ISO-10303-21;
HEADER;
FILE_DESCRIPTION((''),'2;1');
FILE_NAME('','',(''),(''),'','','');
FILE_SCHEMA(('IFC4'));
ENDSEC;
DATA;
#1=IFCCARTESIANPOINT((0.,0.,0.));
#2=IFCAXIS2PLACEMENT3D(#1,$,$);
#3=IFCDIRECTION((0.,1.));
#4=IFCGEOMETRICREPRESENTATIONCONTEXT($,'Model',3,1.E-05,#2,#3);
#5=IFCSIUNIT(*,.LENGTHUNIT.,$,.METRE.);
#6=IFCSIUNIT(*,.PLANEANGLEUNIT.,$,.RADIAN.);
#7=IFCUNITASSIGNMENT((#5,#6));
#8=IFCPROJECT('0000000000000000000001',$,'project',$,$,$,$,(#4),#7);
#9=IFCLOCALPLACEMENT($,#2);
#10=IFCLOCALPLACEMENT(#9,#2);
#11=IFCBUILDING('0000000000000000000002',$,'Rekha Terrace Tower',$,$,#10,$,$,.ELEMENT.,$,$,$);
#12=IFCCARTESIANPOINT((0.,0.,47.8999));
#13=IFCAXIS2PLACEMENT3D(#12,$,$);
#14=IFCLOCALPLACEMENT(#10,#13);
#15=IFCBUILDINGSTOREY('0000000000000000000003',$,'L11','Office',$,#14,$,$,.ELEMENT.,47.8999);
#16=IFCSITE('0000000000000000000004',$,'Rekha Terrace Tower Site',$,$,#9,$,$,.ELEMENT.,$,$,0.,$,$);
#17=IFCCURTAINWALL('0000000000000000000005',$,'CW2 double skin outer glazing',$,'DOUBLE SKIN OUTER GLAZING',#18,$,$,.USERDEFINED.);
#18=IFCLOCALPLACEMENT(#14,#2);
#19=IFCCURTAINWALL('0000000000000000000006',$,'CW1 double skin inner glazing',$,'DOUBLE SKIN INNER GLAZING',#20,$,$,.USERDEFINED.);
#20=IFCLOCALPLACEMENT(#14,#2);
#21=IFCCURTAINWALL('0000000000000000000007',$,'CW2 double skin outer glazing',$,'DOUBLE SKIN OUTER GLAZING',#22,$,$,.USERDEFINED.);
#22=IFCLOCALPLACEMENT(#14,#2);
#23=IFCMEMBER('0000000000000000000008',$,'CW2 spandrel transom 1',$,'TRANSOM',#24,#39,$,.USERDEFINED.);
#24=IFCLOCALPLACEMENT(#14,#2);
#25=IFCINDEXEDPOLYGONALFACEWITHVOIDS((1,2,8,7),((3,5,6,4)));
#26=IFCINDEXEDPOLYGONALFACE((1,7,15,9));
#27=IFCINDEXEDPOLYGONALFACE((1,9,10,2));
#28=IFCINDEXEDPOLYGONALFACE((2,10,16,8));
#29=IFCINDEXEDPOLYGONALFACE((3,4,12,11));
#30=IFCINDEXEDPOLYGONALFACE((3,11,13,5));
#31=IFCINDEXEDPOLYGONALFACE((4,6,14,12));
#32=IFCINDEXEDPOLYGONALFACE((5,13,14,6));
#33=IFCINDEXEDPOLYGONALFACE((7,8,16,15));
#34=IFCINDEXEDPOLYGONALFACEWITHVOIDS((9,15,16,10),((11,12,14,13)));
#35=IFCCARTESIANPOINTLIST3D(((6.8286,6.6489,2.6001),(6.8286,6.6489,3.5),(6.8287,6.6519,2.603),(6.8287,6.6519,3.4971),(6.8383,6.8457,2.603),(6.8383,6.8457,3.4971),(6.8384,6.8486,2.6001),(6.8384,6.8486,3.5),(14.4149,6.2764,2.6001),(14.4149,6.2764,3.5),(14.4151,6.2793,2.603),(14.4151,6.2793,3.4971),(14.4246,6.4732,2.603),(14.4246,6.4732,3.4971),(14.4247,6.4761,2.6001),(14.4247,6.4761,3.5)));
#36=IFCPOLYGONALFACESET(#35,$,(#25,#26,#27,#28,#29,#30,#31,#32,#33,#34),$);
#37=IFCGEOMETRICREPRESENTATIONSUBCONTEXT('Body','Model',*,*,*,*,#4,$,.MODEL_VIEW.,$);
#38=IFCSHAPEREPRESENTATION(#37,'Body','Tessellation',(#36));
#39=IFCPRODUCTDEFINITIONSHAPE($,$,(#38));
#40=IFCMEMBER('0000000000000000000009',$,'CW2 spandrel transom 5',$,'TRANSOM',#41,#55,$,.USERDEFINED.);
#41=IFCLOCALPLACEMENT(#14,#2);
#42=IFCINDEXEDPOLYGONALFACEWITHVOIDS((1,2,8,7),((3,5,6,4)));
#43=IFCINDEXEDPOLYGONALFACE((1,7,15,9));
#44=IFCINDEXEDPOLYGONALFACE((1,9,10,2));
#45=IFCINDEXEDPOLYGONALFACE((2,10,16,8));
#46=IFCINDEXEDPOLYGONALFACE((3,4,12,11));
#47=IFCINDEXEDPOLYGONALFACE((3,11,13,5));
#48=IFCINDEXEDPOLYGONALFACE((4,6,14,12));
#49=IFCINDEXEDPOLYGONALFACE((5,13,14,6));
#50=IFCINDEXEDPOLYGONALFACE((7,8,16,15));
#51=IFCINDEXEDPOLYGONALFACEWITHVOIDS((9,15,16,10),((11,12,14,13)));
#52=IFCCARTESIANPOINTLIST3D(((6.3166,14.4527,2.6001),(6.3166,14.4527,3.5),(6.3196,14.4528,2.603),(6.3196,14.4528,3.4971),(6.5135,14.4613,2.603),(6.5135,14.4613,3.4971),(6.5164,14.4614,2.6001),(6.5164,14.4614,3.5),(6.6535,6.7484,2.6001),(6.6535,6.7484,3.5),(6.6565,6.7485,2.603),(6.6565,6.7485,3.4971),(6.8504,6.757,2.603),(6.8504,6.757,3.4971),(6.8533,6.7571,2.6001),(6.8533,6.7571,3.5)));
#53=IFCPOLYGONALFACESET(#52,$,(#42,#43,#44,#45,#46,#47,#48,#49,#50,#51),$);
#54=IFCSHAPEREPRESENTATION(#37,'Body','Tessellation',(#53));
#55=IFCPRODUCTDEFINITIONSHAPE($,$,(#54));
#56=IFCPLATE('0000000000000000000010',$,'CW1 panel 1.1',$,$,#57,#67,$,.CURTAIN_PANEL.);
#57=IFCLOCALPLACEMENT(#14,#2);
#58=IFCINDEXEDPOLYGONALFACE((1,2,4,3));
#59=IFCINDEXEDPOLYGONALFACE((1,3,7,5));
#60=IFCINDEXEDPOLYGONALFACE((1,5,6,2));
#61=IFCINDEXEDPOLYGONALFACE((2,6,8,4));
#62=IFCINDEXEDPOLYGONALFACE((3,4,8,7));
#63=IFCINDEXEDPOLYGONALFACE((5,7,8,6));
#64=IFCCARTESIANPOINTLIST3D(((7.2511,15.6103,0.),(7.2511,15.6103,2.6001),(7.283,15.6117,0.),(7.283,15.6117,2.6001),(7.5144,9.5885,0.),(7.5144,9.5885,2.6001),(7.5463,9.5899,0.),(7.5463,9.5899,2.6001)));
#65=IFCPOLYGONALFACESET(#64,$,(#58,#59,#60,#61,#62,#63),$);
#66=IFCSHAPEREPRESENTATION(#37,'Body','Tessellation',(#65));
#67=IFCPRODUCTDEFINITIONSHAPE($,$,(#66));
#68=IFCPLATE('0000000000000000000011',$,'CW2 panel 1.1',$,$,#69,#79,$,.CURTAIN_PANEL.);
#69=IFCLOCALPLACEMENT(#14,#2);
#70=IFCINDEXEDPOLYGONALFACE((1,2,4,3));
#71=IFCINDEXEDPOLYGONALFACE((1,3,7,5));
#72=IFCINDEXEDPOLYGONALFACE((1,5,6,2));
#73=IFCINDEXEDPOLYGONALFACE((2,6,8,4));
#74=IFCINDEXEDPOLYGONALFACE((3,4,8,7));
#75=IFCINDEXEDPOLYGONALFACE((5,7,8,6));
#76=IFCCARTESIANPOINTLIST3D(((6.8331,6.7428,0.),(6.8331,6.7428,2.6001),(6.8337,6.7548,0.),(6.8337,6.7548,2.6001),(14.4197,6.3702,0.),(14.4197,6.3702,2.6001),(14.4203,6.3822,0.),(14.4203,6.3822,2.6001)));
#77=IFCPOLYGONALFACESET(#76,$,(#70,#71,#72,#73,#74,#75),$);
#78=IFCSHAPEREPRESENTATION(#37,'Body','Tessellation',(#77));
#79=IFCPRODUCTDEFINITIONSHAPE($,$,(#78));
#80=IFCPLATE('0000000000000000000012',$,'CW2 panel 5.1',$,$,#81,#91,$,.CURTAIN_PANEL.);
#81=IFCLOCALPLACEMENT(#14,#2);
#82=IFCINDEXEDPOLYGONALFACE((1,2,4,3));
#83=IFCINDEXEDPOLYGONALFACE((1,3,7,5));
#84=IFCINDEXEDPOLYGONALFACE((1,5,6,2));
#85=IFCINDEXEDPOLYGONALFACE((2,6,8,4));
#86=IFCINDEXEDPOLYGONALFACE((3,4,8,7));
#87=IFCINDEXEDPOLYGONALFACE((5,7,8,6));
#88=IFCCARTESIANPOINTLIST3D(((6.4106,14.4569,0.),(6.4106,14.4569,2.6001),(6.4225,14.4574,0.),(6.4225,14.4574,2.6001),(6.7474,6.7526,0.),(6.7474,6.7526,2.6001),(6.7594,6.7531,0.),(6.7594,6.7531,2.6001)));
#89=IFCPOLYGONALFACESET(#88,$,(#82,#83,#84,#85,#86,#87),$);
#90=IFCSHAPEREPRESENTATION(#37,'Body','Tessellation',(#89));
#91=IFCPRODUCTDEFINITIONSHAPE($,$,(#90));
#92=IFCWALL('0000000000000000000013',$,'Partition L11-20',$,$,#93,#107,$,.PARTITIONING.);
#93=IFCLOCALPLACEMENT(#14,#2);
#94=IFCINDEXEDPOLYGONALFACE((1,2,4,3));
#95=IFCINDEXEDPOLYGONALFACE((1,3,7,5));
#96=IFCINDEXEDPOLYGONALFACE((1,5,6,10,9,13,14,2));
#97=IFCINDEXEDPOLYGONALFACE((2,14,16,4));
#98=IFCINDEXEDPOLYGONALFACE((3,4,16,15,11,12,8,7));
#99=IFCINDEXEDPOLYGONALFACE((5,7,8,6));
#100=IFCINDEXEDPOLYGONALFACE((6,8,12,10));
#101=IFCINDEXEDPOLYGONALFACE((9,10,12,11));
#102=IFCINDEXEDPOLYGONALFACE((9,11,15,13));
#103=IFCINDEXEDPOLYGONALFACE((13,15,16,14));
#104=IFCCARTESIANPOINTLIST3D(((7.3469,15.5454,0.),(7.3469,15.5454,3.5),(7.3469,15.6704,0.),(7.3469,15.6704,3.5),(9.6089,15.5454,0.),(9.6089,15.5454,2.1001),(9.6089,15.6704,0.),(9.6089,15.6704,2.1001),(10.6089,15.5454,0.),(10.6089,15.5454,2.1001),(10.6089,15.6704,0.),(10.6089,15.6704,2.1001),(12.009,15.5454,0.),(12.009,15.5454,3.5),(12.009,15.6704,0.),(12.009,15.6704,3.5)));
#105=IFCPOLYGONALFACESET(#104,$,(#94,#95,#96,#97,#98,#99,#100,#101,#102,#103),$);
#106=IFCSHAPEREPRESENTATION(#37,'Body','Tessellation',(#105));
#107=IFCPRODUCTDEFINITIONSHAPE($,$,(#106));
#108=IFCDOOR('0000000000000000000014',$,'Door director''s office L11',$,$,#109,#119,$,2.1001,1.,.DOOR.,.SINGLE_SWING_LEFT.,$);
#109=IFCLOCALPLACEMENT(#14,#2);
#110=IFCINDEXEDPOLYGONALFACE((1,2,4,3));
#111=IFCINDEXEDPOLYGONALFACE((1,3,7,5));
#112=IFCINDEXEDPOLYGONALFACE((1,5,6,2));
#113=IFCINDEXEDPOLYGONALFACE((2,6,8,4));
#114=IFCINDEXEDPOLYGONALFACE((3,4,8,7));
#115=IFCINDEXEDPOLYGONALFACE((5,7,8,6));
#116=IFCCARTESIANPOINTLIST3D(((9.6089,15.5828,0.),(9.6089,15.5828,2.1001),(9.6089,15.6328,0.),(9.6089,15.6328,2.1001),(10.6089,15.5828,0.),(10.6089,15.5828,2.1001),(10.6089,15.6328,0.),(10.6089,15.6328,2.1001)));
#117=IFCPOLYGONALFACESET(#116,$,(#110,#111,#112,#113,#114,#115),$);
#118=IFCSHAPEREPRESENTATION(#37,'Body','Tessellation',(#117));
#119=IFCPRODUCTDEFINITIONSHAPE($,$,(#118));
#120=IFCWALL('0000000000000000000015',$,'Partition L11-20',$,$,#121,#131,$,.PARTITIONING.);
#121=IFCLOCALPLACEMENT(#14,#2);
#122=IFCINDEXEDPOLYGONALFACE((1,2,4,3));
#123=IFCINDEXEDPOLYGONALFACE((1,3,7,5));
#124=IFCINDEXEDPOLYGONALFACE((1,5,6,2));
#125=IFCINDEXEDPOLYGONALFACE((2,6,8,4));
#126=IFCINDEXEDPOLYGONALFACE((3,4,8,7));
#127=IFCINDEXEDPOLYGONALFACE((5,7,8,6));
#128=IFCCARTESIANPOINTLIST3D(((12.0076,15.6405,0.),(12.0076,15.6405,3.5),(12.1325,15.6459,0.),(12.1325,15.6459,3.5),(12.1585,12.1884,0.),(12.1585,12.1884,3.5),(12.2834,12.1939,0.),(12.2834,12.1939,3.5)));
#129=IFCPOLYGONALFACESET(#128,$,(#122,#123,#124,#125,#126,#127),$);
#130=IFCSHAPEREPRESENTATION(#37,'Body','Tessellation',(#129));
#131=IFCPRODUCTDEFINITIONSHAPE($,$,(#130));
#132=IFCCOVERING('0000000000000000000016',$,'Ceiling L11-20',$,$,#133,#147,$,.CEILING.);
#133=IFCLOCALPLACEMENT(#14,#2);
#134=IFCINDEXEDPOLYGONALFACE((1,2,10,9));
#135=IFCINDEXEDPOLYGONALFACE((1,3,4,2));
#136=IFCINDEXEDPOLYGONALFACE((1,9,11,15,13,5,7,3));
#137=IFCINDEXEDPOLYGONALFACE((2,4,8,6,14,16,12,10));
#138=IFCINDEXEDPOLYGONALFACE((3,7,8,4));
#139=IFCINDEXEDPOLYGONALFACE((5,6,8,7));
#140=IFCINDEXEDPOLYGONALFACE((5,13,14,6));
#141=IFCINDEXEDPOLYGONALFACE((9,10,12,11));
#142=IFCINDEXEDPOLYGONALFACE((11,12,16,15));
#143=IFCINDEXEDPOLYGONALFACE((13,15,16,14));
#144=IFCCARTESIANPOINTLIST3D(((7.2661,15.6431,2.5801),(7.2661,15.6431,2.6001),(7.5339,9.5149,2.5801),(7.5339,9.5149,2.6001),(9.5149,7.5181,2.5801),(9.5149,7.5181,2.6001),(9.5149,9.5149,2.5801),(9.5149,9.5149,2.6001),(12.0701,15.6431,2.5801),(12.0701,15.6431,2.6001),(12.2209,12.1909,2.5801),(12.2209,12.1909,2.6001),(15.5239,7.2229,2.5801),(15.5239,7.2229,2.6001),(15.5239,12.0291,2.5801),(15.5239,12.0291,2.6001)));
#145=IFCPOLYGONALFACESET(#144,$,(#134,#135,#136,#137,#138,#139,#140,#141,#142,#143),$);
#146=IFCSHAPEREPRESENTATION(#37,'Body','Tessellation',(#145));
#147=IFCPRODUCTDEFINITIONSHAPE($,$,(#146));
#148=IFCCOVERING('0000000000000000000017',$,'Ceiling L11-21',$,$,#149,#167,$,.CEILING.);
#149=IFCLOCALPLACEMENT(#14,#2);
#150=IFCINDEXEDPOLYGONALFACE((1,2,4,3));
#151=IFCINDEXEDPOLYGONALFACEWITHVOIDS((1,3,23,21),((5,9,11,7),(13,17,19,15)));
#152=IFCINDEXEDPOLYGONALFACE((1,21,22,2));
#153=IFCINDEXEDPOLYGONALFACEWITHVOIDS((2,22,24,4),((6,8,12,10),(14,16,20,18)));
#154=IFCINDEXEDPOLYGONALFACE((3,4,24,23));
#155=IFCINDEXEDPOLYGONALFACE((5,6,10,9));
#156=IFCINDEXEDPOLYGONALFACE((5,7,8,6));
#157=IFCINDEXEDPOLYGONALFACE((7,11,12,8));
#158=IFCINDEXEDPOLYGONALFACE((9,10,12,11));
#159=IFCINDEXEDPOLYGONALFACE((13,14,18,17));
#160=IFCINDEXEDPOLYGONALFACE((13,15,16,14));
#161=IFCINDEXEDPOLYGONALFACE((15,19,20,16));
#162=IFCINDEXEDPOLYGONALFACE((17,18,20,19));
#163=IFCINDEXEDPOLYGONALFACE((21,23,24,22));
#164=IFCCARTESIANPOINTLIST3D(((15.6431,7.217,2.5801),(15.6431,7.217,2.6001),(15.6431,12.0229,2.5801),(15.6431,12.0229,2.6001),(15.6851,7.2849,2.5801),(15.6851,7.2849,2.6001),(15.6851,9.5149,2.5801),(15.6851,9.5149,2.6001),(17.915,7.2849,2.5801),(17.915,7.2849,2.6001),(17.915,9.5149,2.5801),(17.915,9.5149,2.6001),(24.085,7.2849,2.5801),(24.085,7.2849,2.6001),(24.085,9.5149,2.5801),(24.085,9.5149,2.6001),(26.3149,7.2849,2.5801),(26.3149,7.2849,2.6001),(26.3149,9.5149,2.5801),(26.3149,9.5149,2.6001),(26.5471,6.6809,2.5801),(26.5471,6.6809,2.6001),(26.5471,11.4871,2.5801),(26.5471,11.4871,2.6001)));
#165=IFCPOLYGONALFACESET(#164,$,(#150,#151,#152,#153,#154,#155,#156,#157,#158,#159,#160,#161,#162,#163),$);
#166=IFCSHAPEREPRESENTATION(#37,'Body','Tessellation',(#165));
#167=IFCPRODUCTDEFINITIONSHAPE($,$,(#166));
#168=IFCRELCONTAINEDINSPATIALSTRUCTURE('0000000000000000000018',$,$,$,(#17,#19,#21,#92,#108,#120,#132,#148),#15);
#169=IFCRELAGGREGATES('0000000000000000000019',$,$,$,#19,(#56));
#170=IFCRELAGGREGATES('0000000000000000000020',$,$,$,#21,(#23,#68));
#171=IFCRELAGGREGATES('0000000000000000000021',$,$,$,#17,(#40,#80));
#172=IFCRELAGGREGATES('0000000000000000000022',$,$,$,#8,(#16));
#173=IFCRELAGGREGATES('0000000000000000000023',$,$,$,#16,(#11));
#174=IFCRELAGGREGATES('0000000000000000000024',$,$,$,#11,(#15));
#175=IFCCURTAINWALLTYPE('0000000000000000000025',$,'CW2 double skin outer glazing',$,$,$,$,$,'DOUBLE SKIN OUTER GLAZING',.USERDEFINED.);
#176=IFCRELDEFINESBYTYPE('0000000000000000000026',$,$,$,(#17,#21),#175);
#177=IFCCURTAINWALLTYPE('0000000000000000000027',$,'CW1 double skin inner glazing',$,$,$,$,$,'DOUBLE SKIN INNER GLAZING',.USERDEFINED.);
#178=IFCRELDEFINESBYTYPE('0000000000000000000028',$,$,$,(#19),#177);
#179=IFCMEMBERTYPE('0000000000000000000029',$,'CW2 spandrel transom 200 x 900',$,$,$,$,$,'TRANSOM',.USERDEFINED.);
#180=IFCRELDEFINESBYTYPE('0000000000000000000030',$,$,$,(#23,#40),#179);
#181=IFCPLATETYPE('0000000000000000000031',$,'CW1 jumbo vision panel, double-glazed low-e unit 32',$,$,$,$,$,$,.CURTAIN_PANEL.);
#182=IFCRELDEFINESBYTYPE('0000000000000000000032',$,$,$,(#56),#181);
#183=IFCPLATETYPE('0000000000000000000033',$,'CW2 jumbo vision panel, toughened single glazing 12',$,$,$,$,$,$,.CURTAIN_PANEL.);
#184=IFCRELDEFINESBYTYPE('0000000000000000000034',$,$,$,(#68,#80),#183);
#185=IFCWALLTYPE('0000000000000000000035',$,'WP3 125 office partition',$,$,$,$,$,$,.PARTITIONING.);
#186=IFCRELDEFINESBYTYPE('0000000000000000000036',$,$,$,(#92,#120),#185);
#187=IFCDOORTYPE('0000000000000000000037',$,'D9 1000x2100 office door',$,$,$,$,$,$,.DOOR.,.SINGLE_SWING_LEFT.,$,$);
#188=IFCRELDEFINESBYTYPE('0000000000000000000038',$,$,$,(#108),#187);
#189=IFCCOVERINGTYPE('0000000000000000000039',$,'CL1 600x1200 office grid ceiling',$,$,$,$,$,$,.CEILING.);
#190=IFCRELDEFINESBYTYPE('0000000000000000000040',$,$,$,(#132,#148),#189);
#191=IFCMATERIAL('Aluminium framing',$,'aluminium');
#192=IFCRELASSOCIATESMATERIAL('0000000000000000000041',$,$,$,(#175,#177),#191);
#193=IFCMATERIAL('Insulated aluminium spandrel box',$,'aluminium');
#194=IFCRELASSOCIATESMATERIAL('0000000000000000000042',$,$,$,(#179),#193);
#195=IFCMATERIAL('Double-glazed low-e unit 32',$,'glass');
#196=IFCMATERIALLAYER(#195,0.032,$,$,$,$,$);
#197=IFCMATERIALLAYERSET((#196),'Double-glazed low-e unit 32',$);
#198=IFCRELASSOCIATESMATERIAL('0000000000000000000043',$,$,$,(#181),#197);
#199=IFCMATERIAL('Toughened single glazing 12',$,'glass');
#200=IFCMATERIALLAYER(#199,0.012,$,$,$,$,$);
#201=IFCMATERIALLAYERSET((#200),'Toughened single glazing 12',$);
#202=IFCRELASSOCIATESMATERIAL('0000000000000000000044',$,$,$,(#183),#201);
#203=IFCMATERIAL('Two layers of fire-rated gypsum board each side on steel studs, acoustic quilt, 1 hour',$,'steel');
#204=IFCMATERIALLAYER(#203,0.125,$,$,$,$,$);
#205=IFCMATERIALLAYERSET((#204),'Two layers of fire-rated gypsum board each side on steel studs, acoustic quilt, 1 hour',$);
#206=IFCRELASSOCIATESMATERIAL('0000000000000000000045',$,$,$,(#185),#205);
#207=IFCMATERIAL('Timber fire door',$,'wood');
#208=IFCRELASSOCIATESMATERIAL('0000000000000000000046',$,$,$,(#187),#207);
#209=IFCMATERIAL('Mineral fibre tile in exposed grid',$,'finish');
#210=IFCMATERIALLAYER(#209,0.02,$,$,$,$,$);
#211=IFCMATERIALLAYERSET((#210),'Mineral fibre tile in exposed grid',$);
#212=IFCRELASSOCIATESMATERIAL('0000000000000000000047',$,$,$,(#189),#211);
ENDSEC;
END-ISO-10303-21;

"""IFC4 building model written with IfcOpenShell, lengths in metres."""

from ifc_helpers import new_model, si_unit, direction, frame, frame_2d, origin, origin_2d, place, context, subcontext, project, spatial, polyline, rectangle, hollow_rectangle, outline, extrude, material, layer, layer_set, material_profile, profile_set, type_object, element, fill, aggregate, save


model = new_model("IFC4")

# Units and contexts
model_context = context("Model", 3, precision=1e-05, world=origin(), true_north=direction((0.0, 1.0)))
body_context = subcontext(model_context, "Body", "Model", "MODEL_VIEW")
ifc_project = project(units=[si_unit("LENGTHUNIT", "METRE"), si_unit("PLANEANGLEUNIT", "RADIAN")], contexts=[model_context])

# Site, building, storey
site_placement = place(None, origin())
site = spatial("IfcSite", under=ifc_project, at=site_placement, Name="Rekha Terrace Tower Site", CompositionType="ELEMENT", RefElevation=0.0)
building_placement = place(site_placement, origin())
building = spatial("IfcBuilding", under=site, at=building_placement, Name="Rekha Terrace Tower", CompositionType="ELEMENT")
storey_placement = place(building_placement, frame((0.0, 0.0, 47.8999)))
storey = spatial("IfcBuildingStorey", under=building, at=storey_placement, Name="L11", Description="Office", CompositionType="ELEMENT", Elevation=47.8999)

# Curtain wall
ifc_material_1 = material(Name="Aluminium framing", Category="aluminium")
curtain_wall_type_1 = type_object("IfcCurtainWallType", Name="CW2 double skin outer glazing", ElementType="DOUBLE SKIN OUTER GLAZING", PredefinedType="USERDEFINED", material=ifc_material_1)
curtain_wall_1_placement = place(storey_placement, origin())
curtain_wall_1 = element("IfcCurtainWall", 1, at=curtain_wall_1_placement, inside=storey, type_object=curtain_wall_type_1, Name="CW2 double skin outer glazing", ObjectType="DOUBLE SKIN OUTER GLAZING", PredefinedType="USERDEFINED")
curtain_wall_type_2 = type_object("IfcCurtainWallType", Name="CW1 double skin inner glazing", ElementType="DOUBLE SKIN INNER GLAZING", PredefinedType="USERDEFINED", material=ifc_material_1)

# Curtain wall
curtain_wall_2_placement = place(storey_placement, origin())
curtain_wall_2 = element("IfcCurtainWall", 2, at=curtain_wall_2_placement, inside=storey, type_object=curtain_wall_type_2, Name="CW1 double skin inner glazing", ObjectType="DOUBLE SKIN INNER GLAZING", PredefinedType="USERDEFINED")

# Shared definitions
ifc_material_2 = material(Name="Insulated aluminium spandrel box", Category="aluminium")

# Curtain wall
curtain_wall_3_placement = place(storey_placement, origin())
curtain_wall_3 = element("IfcCurtainWall", 3, at=curtain_wall_3_placement, inside=storey, type_object=curtain_wall_type_1, Name="CW2 double skin outer glazing", ObjectType="DOUBLE SKIN OUTER GLAZING", PredefinedType="USERDEFINED")

# Members
ifc_material_profile_1 = material_profile(ifc_material_2, hollow_rectangle(XDim=0.2, YDim=0.8999, WallThickness=0.0029, at=origin_2d()), Name="AL SPANDREL BOX 200x900")
ifc_profile_set_1 = profile_set([ifc_material_profile_1], Name="Insulated aluminium spandrel box")
member_type_1 = type_object("IfcMemberType", Name="CW2 spandrel transom 200 x 900", ElementType="TRANSOM", PredefinedType="USERDEFINED", material=ifc_profile_set_1)
member_1_placement = place(storey_placement, frame((6.8335, 6.7488, 3.05), z_axis=(0.998796, -0.049049, 0.0), x_axis=(0.049049, 0.998796, 0.0)))
member_1 = element("IfcMember", 4, at=member_1_placement, type_object=member_type_1, Name="CW2 spandrel transom 1", ObjectType="TRANSOM", PredefinedType="USERDEFINED", context=body_context, shape_type="SweptSolid", body=[
    extrude(hollow_rectangle(XDim=0.2, YDim=0.8999, WallThickness=0.0029, at=origin_2d()), origin(), (0.0, 0.0, 1.0), 7.5955),
])
member_2_placement = place(storey_placement, frame((6.4165, 14.457, 3.05), z_axis=(0.043689, -0.999045, 0.0), x_axis=(0.999045, 0.043689, 0.0)))
member_2 = element("IfcMember", 5, at=member_2_placement, type_object=member_type_1, Name="CW2 spandrel transom 5", ObjectType="TRANSOM", PredefinedType="USERDEFINED", context=body_context, shape_type="SweptSolid", body=[
    extrude(hollow_rectangle(XDim=0.2, YDim=0.8999, WallThickness=0.0029, at=origin_2d()), origin(), (0.0, 0.0, 1.0), 7.7117),
])

# Plates
ifc_material_3 = material(Name="Double-glazed low-e unit 32", Category="glass")
ifc_layer_1 = layer(ifc_material_3, 0.032)
ifc_layer_set_1 = layer_set([ifc_layer_1], Name="Double-glazed low-e unit 32")
plate_type_1 = type_object("IfcPlateType", Name="CW1 jumbo vision panel, double-glazed low-e unit 32", PredefinedType="CURTAIN_PANEL", material=ifc_layer_set_1)
plate_1_placement = place(storey_placement, frame((7.3987, 12.6001, 0.0), z_axis=(0.0, 0.0, 1.0), x_axis=(0.043683, -0.999045, 0.0)))
plate_1 = element("IfcPlate", 6, at=plate_1_placement, type_object=plate_type_1, Name="CW1 panel 1.1", PredefinedType="CURTAIN_PANEL", context=body_context, shape_type="SweptSolid", body=[
    extrude(rectangle(XDim=6.0276, YDim=0.032, at=origin_2d()), origin(), (0.0, 0.0, 1.0), 2.6001),
])
aggregate(curtain_wall_2, [plate_1])
ifc_material_4 = material(Name="Toughened single glazing 12", Category="glass")
ifc_layer_2 = layer(ifc_material_4, 0.012)
ifc_layer_set_2 = layer_set([ifc_layer_2], Name="Toughened single glazing 12")
plate_type_2 = type_object("IfcPlateType", Name="CW2 jumbo vision panel, toughened single glazing 12", PredefinedType="CURTAIN_PANEL", material=ifc_layer_set_2)
plate_2_placement = place(storey_placement, frame((10.6267, 6.5625, 0.0), z_axis=(0.0, 0.0, 1.0), x_axis=(0.998796, -0.049052, 0.0)))
plate_2 = element("IfcPlate", 7, at=plate_2_placement, type_object=plate_type_2, Name="CW2 panel 1.1", PredefinedType="CURTAIN_PANEL", context=body_context, shape_type="SweptSolid", body=[
    extrude(rectangle(XDim=7.5957, YDim=0.012, at=origin_2d()), origin(), (0.0, 0.0, 1.0), 2.6001),
])
aggregate(curtain_wall_3, [member_1, plate_2])
plate_3_placement = place(storey_placement, frame((6.585, 10.605, 0.0), z_axis=(0.0, 0.0, 1.0), x_axis=(0.043683, -0.999045, 0.0)))
plate_3 = element("IfcPlate", 8, at=plate_3_placement, type_object=plate_type_2, Name="CW2 panel 5.1", PredefinedType="CURTAIN_PANEL", context=body_context, shape_type="SweptSolid", body=[
    extrude(rectangle(XDim=7.7117, YDim=0.012, at=origin_2d()), origin(), (0.0, 0.0, 1.0), 2.6001),
])
aggregate(curtain_wall_1, [member_2, plate_3])

# Wall, opening, door
ifc_material_5 = material(Name="Two layers of fire-rated gypsum board each side on steel studs, acoustic quilt, 1 hour", Category="steel")
ifc_layer_3 = layer(ifc_material_5, 0.125)
ifc_layer_set_3 = layer_set([ifc_layer_3], Name="Two layers of fire-rated gypsum board each side on steel studs, acoustic quilt, 1 hour")
wall_type = type_object("IfcWallType", Name="WP3 125 office partition", PredefinedType="PARTITIONING", material=ifc_layer_set_3)
wall_1_placement = place(storey_placement, frame((7.3469, 15.6079, 0.0), z_axis=(0.0, 0.0, 1.0), x_axis=(1.0, 0.0, 0.0)))
wall_1 = element("IfcWall", 9, at=wall_1_placement, inside=storey, type_object=wall_type, Name="Partition L11-20", PredefinedType="PARTITIONING", context=body_context, shape_type="SweptSolid", body=[
    extrude(rectangle(XDim=4.6621, YDim=0.125, at=frame_2d((2.3311, 0.0))), origin(), (0.0, 0.0, 1.0), 3.5),
])
opening_placement = place(wall_1_placement, frame((2.262, 0.0, 0.0)))
opening = element("IfcOpeningElement", 10, at=opening_placement, cuts=wall_1, PredefinedType="OPENING", context=body_context, shape_type="SweptSolid", body=[
    extrude(rectangle(XDim=1.0, YDim=2.1001, at=frame_2d((0.5, 1.05))), frame((0.0, 0.0725, 0.0), z_axis=(0.0, -1.0, 0.0), x_axis=(1.0, 0.0, 0.0)), (0.0, 0.0, 1.0), 0.145),
])
ifc_material_6 = material(Name="Timber fire door", Category="wood")
door_type = type_object("IfcDoorType", Name="D9 1000x2100 office door", OperationType="SINGLE_SWING_LEFT", PredefinedType="DOOR", material=ifc_material_6)
door_placement = place(opening_placement, origin())
door = element("IfcDoor", 11, at=door_placement, inside=storey, type_object=door_type, Name="Door director's office L11", OperationType="SINGLE_SWING_LEFT", OverallHeight=2.1001, OverallWidth=1.0, PredefinedType="DOOR", context=body_context, shape_type="SweptSolid", body=[
    extrude(rectangle(XDim=1.0, YDim=2.1001, at=frame_2d((0.5, 1.05))), frame((0.0, 0.0249, 0.0), z_axis=(0.0, -1.0, 0.0), x_axis=(1.0, 0.0, 0.0)), (0.0, 0.0, 1.0), 0.05),
])
fill(opening, door)

# Wall
wall_2_placement = place(storey_placement, frame((12.0701, 15.6431, 0.0), z_axis=(0.0, 0.0, 1.0), x_axis=(0.043664, -0.999046, 0.0)))
element("IfcWall", 12, at=wall_2_placement, inside=storey, type_object=wall_type, Name="Partition L11-20", PredefinedType="PARTITIONING", context=body_context, shape_type="SweptSolid", body=[
    extrude(rectangle(XDim=3.4553, YDim=0.125, at=frame_2d((1.7275, 0.0))), origin(), (0.0, 0.0, 1.0), 3.5),
])

# Coverings
ifc_material_7 = material(Name="Mineral fibre tile in exposed grid", Category="finish")
ifc_layer_4 = layer(ifc_material_7, 0.02)
ifc_layer_set_4 = layer_set([ifc_layer_4], Name="Mineral fibre tile in exposed grid")
covering_type_1 = type_object("IfcCoveringType", Name="CL1 600x1200 office grid ceiling", PredefinedType="CEILING", material=ifc_layer_set_4)
covering_1_placement = place(storey_placement, frame((0.0, 0.0, 2.5801)))
element("IfcCovering", 13, at=covering_1_placement, inside=storey, type_object=covering_type_1, Name="Ceiling L11-20", PredefinedType="CEILING", context=body_context, shape_type="SweptSolid", body=[
    extrude(outline(polyline([(12.2209, 12.1909), (12.0701, 15.6431), (7.2661, 15.6431), (7.5339, 9.5149), (9.5149, 9.5149), (9.5149, 7.5181), (15.5239, 7.2229), (15.5239, 12.0291), (12.2209, 12.1909)])), origin(), (0.0, 0.0, 1.0), 0.02),
])
covering_2_placement = place(storey_placement, frame((0.0, 0.0, 2.5801)))
element("IfcCovering", 14, at=covering_2_placement, inside=storey, type_object=covering_type_1, Name="Ceiling L11-21", PredefinedType="CEILING", context=body_context, shape_type="SweptSolid", body=[
    extrude(outline(polyline([(26.5471, 6.6809), (26.5471, 11.4871), (15.6431, 12.0229), (15.6431, 7.217), (26.5471, 6.6809)]), holes=[polyline([(26.3149, 9.5149), (26.3149, 7.2849), (24.085, 7.2849), (24.085, 9.5149), (26.3149, 9.5149)]), polyline([(17.915, 7.2849), (15.6851, 7.2849), (15.6851, 9.5149), (17.915, 9.5149), (17.915, 7.2849)])]), origin(), (0.0, 0.0, 1.0), 0.02),
])

save(model, "model.ifc")
